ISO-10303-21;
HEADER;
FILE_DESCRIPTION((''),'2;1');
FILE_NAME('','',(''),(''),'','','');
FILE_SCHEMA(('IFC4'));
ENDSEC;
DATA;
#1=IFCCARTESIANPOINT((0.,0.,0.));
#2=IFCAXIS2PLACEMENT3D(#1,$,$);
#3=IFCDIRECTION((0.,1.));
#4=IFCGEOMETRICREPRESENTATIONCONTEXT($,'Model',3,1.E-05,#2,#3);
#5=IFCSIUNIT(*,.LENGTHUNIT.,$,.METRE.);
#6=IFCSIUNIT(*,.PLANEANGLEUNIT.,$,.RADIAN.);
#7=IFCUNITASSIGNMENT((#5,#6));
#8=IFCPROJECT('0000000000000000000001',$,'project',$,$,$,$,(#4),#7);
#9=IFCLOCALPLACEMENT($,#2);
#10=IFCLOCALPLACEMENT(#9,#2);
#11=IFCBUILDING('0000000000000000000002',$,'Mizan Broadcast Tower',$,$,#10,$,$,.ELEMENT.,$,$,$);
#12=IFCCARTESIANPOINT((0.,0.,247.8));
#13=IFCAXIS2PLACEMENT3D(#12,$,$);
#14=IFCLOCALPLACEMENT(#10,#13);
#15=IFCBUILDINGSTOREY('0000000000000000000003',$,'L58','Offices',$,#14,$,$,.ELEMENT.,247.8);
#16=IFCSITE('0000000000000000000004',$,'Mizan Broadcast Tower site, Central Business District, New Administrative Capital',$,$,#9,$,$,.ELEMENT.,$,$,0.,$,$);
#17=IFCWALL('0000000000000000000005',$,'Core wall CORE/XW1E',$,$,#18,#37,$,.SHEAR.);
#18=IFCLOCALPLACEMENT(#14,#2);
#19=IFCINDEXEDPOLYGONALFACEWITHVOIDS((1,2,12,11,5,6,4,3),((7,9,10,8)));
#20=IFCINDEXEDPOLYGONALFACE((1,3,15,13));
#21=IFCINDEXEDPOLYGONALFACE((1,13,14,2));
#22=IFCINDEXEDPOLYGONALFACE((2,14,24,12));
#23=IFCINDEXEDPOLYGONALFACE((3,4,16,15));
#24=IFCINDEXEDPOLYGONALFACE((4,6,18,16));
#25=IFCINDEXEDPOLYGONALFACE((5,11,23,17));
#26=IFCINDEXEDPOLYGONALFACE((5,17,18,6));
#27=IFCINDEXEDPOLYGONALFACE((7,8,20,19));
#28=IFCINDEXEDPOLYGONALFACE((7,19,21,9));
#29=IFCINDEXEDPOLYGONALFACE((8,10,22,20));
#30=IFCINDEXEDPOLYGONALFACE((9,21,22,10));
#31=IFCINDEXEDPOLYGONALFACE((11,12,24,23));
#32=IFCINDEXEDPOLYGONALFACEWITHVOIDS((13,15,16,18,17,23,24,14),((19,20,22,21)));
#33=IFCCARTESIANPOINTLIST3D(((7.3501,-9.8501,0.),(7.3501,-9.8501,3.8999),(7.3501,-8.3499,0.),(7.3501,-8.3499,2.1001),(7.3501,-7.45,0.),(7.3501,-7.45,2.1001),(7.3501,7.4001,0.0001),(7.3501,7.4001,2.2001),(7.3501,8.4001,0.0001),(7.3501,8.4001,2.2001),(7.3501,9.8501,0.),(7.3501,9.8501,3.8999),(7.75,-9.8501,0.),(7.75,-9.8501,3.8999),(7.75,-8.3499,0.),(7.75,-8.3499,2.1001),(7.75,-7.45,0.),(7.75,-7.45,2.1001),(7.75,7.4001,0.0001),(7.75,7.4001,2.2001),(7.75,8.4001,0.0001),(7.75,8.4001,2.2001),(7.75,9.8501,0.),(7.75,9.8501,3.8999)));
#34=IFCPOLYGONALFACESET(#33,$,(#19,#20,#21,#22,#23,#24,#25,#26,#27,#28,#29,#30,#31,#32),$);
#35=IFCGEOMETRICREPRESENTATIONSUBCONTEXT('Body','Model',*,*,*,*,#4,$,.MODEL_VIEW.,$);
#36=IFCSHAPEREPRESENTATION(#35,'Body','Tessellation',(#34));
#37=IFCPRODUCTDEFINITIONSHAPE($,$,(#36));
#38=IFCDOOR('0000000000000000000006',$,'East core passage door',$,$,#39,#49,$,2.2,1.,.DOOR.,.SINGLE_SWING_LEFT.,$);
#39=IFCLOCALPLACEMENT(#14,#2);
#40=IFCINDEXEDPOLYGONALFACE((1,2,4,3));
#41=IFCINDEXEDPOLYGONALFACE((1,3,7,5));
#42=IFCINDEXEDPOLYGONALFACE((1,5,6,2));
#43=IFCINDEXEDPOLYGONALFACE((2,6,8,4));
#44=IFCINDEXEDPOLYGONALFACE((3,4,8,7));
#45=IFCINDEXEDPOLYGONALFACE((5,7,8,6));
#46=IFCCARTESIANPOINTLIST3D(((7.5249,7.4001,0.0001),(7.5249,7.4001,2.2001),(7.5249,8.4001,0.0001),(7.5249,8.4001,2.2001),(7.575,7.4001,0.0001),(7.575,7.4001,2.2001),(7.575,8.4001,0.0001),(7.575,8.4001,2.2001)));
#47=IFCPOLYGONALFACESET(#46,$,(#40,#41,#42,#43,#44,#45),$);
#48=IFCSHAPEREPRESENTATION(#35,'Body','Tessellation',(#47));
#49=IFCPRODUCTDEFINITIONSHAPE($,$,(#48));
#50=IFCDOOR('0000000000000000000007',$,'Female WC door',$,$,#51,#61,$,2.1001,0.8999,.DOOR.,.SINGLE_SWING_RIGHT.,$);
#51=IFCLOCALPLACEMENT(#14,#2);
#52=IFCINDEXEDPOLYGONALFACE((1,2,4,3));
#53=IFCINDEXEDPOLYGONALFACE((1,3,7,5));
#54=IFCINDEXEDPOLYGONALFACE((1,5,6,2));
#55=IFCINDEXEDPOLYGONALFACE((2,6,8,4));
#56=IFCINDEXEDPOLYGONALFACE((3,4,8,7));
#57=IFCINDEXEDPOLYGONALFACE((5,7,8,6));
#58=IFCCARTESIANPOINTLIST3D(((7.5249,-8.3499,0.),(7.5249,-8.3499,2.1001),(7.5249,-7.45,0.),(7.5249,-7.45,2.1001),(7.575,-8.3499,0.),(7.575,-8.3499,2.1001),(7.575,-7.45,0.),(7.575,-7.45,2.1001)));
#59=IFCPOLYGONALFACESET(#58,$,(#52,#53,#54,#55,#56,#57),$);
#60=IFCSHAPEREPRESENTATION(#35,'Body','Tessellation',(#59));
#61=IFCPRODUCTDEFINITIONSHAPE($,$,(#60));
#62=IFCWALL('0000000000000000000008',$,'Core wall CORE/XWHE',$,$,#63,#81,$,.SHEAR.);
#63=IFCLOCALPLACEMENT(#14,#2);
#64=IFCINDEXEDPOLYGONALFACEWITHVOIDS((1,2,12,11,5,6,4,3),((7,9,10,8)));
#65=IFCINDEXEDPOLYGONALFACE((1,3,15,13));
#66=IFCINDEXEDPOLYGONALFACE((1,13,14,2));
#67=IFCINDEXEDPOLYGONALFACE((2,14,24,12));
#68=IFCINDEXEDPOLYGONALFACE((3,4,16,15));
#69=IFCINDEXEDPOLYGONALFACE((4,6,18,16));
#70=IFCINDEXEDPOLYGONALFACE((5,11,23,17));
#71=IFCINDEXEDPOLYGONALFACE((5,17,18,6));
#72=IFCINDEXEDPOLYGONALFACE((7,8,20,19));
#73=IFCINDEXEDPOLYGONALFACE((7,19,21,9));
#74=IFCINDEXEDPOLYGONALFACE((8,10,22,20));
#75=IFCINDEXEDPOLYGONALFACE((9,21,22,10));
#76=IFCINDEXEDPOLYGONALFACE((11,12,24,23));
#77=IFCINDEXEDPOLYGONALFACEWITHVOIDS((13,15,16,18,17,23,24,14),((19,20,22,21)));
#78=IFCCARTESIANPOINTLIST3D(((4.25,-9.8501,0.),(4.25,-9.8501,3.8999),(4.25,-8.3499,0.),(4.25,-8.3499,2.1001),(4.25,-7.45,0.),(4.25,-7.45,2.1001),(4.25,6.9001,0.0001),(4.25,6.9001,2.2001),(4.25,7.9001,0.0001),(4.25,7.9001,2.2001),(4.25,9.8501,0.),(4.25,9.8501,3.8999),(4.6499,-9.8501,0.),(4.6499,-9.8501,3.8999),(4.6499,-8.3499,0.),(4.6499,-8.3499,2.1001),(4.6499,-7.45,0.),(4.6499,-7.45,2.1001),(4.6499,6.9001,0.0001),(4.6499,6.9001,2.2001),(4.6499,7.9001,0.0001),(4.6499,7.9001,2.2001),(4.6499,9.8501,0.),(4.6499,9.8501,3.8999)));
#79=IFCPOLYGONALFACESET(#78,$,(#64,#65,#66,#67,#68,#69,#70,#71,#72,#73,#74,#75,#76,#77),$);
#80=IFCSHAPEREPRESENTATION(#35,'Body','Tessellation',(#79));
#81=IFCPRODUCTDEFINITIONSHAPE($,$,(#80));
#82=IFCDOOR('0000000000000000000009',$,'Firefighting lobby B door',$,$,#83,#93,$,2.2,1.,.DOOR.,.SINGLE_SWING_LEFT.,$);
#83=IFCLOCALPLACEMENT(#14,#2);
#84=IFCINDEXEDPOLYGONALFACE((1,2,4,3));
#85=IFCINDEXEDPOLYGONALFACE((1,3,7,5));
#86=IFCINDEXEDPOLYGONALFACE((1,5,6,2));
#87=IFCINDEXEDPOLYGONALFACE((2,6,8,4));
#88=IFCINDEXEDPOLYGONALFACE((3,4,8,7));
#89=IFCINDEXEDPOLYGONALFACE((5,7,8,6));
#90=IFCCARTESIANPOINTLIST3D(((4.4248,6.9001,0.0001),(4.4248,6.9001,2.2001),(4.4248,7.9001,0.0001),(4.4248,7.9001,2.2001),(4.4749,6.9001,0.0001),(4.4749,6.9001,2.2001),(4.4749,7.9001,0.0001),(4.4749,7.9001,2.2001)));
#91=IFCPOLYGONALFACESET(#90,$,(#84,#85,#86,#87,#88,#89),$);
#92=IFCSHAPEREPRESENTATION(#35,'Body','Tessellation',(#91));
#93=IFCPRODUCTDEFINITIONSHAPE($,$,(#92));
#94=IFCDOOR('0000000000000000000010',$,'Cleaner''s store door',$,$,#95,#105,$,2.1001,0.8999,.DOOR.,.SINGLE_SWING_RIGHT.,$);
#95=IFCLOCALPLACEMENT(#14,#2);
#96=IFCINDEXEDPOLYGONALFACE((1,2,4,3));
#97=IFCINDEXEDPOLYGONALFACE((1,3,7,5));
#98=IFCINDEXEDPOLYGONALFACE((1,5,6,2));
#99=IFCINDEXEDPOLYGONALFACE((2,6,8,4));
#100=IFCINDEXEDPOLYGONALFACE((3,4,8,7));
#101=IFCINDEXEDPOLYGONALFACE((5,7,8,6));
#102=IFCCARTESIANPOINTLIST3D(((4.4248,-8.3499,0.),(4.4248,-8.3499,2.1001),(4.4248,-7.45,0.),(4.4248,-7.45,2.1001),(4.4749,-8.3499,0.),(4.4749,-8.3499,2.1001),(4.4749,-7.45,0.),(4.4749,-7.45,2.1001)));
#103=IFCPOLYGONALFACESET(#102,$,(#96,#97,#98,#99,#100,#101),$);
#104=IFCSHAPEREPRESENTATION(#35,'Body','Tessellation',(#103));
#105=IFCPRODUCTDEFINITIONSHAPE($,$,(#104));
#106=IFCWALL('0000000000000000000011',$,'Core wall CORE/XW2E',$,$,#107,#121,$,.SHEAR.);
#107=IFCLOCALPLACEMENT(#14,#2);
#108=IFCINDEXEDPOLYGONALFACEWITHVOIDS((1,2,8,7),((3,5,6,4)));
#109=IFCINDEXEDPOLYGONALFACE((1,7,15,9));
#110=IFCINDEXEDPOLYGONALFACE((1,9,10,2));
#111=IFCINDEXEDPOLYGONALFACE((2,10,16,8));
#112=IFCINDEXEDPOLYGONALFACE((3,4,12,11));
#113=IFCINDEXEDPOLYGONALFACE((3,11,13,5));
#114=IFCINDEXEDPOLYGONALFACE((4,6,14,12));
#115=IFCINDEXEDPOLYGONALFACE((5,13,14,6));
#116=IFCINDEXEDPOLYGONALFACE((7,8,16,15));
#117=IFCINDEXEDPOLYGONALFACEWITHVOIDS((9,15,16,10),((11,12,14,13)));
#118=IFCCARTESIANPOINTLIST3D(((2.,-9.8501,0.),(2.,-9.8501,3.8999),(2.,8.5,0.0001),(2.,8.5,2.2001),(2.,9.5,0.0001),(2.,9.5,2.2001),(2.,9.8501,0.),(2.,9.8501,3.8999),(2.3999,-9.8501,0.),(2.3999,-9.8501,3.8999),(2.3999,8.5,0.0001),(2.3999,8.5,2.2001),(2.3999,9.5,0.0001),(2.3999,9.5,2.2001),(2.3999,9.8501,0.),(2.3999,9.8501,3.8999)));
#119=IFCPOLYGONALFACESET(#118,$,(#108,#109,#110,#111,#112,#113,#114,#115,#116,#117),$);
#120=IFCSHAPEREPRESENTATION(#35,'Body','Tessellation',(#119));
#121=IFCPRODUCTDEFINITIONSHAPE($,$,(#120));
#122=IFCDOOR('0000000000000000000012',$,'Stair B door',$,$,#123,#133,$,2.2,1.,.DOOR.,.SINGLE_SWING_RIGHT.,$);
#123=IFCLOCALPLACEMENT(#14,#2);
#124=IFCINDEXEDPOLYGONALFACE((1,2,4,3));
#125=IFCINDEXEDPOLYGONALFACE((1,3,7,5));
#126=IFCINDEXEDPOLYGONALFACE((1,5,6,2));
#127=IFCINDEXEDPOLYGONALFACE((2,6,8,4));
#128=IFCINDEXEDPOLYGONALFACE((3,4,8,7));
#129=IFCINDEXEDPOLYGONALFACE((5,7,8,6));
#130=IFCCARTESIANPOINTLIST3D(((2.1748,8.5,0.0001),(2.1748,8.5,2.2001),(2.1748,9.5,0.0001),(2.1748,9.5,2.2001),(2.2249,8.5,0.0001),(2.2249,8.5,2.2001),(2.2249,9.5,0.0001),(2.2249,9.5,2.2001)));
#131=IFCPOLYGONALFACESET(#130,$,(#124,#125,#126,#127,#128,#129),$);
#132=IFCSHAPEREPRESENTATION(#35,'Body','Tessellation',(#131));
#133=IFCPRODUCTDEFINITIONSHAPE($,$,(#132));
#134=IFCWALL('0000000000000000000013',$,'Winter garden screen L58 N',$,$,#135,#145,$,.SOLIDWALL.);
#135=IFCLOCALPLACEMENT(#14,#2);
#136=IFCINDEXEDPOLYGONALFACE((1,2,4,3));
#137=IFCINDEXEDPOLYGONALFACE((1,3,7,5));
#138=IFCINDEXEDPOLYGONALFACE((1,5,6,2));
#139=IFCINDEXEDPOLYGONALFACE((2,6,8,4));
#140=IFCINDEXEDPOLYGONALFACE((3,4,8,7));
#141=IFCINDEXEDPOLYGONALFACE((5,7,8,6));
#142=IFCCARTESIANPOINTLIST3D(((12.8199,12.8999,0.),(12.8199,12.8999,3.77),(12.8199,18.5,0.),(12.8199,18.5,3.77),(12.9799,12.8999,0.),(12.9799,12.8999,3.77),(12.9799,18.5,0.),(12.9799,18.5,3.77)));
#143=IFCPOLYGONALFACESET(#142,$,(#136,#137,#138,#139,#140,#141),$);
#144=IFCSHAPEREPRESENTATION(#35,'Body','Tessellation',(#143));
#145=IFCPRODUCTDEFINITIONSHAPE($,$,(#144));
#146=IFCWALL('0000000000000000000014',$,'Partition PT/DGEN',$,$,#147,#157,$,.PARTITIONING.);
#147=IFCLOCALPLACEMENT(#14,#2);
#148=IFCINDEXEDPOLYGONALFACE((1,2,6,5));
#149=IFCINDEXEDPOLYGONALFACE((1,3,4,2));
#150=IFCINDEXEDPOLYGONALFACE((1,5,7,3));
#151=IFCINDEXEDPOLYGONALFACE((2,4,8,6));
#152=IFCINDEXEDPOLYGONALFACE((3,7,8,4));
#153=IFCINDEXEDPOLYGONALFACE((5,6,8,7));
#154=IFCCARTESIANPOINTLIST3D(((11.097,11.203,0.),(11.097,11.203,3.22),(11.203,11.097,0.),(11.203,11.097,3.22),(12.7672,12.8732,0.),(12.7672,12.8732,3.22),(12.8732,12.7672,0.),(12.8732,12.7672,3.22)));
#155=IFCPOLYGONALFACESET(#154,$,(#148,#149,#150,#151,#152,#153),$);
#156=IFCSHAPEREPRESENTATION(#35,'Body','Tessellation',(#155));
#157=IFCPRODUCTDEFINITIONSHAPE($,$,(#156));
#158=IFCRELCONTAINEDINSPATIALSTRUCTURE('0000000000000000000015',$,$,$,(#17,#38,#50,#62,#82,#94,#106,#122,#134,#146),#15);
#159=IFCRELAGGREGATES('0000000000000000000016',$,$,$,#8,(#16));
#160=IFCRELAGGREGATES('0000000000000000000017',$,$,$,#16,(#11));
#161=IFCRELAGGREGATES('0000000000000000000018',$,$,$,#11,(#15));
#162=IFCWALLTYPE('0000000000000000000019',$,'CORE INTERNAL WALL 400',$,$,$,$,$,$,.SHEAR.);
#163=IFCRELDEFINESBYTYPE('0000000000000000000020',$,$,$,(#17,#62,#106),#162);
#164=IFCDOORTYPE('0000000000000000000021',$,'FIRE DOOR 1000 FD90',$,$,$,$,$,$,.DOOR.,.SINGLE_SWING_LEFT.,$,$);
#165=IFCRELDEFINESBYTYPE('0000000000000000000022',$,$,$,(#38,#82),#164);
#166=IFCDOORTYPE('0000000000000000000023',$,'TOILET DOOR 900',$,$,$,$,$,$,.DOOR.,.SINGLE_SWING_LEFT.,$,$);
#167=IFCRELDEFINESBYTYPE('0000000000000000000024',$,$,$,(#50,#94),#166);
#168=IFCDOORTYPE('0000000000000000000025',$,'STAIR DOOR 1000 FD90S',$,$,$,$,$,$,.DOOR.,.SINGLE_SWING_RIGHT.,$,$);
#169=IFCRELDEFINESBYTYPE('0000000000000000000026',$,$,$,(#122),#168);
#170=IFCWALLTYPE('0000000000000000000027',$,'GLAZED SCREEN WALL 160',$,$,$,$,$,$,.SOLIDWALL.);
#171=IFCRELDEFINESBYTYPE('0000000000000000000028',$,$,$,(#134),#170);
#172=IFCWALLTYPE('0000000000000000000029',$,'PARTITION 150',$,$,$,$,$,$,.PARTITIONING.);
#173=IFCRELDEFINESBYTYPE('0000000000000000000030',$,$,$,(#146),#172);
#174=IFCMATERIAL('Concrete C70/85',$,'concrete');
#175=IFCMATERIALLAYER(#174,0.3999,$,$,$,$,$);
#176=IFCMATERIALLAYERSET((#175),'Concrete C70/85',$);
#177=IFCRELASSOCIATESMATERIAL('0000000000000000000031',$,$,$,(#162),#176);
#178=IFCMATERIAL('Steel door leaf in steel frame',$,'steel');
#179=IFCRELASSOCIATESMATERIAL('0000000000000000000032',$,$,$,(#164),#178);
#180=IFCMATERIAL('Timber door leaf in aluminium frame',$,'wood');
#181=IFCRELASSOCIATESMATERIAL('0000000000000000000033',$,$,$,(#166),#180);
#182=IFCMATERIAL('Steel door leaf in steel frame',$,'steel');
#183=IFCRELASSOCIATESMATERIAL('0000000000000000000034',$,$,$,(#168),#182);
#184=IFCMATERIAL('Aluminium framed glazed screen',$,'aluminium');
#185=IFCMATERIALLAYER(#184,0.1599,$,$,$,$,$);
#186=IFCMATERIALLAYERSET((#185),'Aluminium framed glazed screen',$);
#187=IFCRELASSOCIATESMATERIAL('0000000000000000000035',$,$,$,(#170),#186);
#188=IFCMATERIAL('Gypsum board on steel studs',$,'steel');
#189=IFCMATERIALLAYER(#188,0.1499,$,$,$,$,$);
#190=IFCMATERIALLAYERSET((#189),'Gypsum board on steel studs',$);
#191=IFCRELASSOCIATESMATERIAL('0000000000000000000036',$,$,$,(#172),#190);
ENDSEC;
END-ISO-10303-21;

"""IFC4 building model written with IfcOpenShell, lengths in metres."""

from ifc_helpers import new_model, si_unit, direction, frame, frame_2d, origin, place, context, subcontext, project, spatial, rectangle, extrude, material, layer, layer_set, type_object, element, fill, save


model = new_model("IFC4")

# Units and contexts
model_context = context("Model", 3, precision=1e-05, world=origin(), true_north=direction((0.0, 1.0)))
body_context = subcontext(model_context, "Body", "Model", "MODEL_VIEW")
ifc_project = project(units=[si_unit("LENGTHUNIT", "METRE"), si_unit("PLANEANGLEUNIT", "RADIAN")], contexts=[model_context])

# Site, building, storey
site_placement = place(None, origin())
site = spatial("IfcSite", under=ifc_project, at=site_placement, Name="Mizan Broadcast Tower site, Central Business District, New Administrative Capital", CompositionType="ELEMENT", RefElevation=0.0)
building_placement = place(site_placement, origin())
building = spatial("IfcBuilding", under=site, at=building_placement, Name="Mizan Broadcast Tower", CompositionType="ELEMENT")
storey_placement = place(building_placement, frame((0.0, 0.0, 247.8)))
storey = spatial("IfcBuildingStorey", under=building, at=storey_placement, Name="L58", Description="Offices", CompositionType="ELEMENT", Elevation=247.8)

# Walls, openings, doors
ifc_material_1 = material(Name="Concrete C70/85", Category="concrete")
ifc_layer_1 = layer(ifc_material_1, 0.3999)
ifc_layer_set_1 = layer_set([ifc_layer_1], Name="Concrete C70/85")
wall_type_1 = type_object("IfcWallType", Name="CORE INTERNAL WALL 400", PredefinedType="SHEAR", material=ifc_layer_set_1)
wall_1_placement = place(storey_placement, frame((7.55, 9.8501, 0.0), z_axis=(0.0, 0.0, 1.0), x_axis=(0.0, -1.0, 0.0)))
wall_1 = element("IfcWall", 1, at=wall_1_placement, inside=storey, type_object=wall_type_1, Name="Core wall CORE/XW1E", PredefinedType="SHEAR", context=body_context, shape_type="SweptSolid", body=[
    extrude(rectangle(XDim=19.7002, YDim=0.3999, at=frame_2d((9.8501, 0.0))), origin(), (0.0, 0.0, 1.0), 3.8999),
])
opening_1_placement = place(wall_1_placement, frame((1.45, 0.0, 0.0)))
opening_1 = element("IfcOpeningElement", 2, at=opening_1_placement, cuts=wall_1, PredefinedType="OPENING", context=body_context, shape_type="SweptSolid", body=[
    extrude(rectangle(XDim=1.0, YDim=2.2, at=frame_2d((0.5, 1.1001))), frame((0.0, 0.21, 0.0), z_axis=(0.0, -1.0, 0.0), x_axis=(1.0, 0.0, 0.0)), (0.0, 0.0, 1.0), 0.4199),
])
opening_2_placement = place(wall_1_placement, frame((17.3, 0.0, 0.0)))
opening_2 = element("IfcOpeningElement", 3, at=opening_2_placement, cuts=wall_1, PredefinedType="OPENING", context=body_context, shape_type="SweptSolid", body=[
    extrude(rectangle(XDim=0.8999, YDim=2.1001, at=frame_2d((0.45, 1.05))), frame((0.0, 0.21, 0.0), z_axis=(0.0, -1.0, 0.0), x_axis=(1.0, 0.0, 0.0)), (0.0, 0.0, 1.0), 0.4199),
])
ifc_material_2 = material(Name="Steel door leaf in steel frame", Category="steel")
door_type_1 = type_object("IfcDoorType", Name="FIRE DOOR 1000 FD90", OperationType="SINGLE_SWING_LEFT", PredefinedType="DOOR", material=ifc_material_2)
door_1_placement = place(opening_1_placement, origin())
door_1 = element("IfcDoor", 4, at=door_1_placement, inside=storey, type_object=door_type_1, Name="East core passage door", OperationType="SINGLE_SWING_LEFT", OverallHeight=2.2, OverallWidth=1.0, PredefinedType="DOOR", context=body_context, shape_type="SweptSolid", body=[
    extrude(rectangle(XDim=1.0, YDim=2.2, at=frame_2d((0.5, 1.1001))), frame((0.0, 0.0249, 0.0), z_axis=(0.0, -1.0, 0.0), x_axis=(1.0, 0.0, 0.0)), (0.0, 0.0, 1.0), 0.05),
])
fill(opening_1, door_1)
ifc_material_3 = material(Name="Timber door leaf in aluminium frame", Category="wood")
door_type_2 = type_object("IfcDoorType", Name="TOILET DOOR 900", OperationType="SINGLE_SWING_LEFT", PredefinedType="DOOR", material=ifc_material_3)
door_2_placement = place(opening_2_placement, origin())
door_2 = element("IfcDoor", 5, at=door_2_placement, inside=storey, type_object=door_type_2, Name="Female WC door", OperationType="SINGLE_SWING_RIGHT", OverallHeight=2.1001, OverallWidth=0.8999, PredefinedType="DOOR", context=body_context, shape_type="SweptSolid", body=[
    extrude(rectangle(XDim=0.8999, YDim=2.1001, at=frame_2d((0.45, 1.05))), frame((0.0, 0.0249, 0.0), z_axis=(0.0, -1.0, 0.0), x_axis=(1.0, 0.0, 0.0)), (0.0, 0.0, 1.0), 0.05),
])
fill(opening_2, door_2)
wall_2_placement = place(storey_placement, frame((4.45, 9.8501, 0.0), z_axis=(0.0, 0.0, 1.0), x_axis=(0.0, -1.0, 0.0)))
wall_2 = element("IfcWall", 6, at=wall_2_placement, inside=storey, type_object=wall_type_1, Name="Core wall CORE/XWHE", PredefinedType="SHEAR", context=body_context, shape_type="SweptSolid", body=[
    extrude(rectangle(XDim=19.7002, YDim=0.3999, at=frame_2d((9.8501, 0.0))), origin(), (0.0, 0.0, 1.0), 3.8999),
])
opening_3_placement = place(wall_2_placement, frame((1.95, 0.0, 0.0)))
opening_3 = element("IfcOpeningElement", 7, at=opening_3_placement, cuts=wall_2, PredefinedType="OPENING", context=body_context, shape_type="SweptSolid", body=[
    extrude(rectangle(XDim=1.0, YDim=2.2, at=frame_2d((0.5, 1.1001))), frame((0.0, 0.21, 0.0), z_axis=(0.0, -1.0, 0.0), x_axis=(1.0, 0.0, 0.0)), (0.0, 0.0, 1.0), 0.4199),
])
opening_4_placement = place(wall_2_placement, frame((17.3, 0.0, 0.0)))
opening_4 = element("IfcOpeningElement", 8, at=opening_4_placement, cuts=wall_2, PredefinedType="OPENING", context=body_context, shape_type="SweptSolid", body=[
    extrude(rectangle(XDim=0.8999, YDim=2.1001, at=frame_2d((0.45, 1.05))), frame((0.0, 0.21, 0.0), z_axis=(0.0, -1.0, 0.0), x_axis=(1.0, 0.0, 0.0)), (0.0, 0.0, 1.0), 0.4199),
])
door_3_placement = place(opening_3_placement, origin())
door_3 = element("IfcDoor", 9, at=door_3_placement, inside=storey, type_object=door_type_1, Name="Firefighting lobby B door", OperationType="SINGLE_SWING_LEFT", OverallHeight=2.2, OverallWidth=1.0, PredefinedType="DOOR", context=body_context, shape_type="SweptSolid", body=[
    extrude(rectangle(XDim=1.0, YDim=2.2, at=frame_2d((0.5, 1.1001))), frame((0.0, 0.0249, 0.0), z_axis=(0.0, -1.0, 0.0), x_axis=(1.0, 0.0, 0.0)), (0.0, 0.0, 1.0), 0.05),
])
fill(opening_3, door_3)
door_4_placement = place(opening_4_placement, origin())
door_4 = element("IfcDoor", 10, at=door_4_placement, inside=storey, type_object=door_type_2, Name="Cleaner's store door", OperationType="SINGLE_SWING_RIGHT", OverallHeight=2.1001, OverallWidth=0.8999, PredefinedType="DOOR", context=body_context, shape_type="SweptSolid", body=[
    extrude(rectangle(XDim=0.8999, YDim=2.1001, at=frame_2d((0.45, 1.05))), frame((0.0, 0.0249, 0.0), z_axis=(0.0, -1.0, 0.0), x_axis=(1.0, 0.0, 0.0)), (0.0, 0.0, 1.0), 0.05),
])
fill(opening_4, door_4)

# Wall, opening, door
wall_3_placement = place(storey_placement, frame((2.2, 9.8501, 0.0), z_axis=(0.0, 0.0, 1.0), x_axis=(0.0, -1.0, 0.0)))
wall_3 = element("IfcWall", 11, at=wall_3_placement, inside=storey, type_object=wall_type_1, Name="Core wall CORE/XW2E", PredefinedType="SHEAR", context=body_context, shape_type="SweptSolid", body=[
    extrude(rectangle(XDim=19.7002, YDim=0.3999, at=frame_2d((9.8501, 0.0))), origin(), (0.0, 0.0, 1.0), 3.8999),
])
opening_5_placement = place(wall_3_placement, frame((0.3501, 0.0, 0.0)))
opening_5 = element("IfcOpeningElement", 12, at=opening_5_placement, cuts=wall_3, PredefinedType="OPENING", context=body_context, shape_type="SweptSolid", body=[
    extrude(rectangle(XDim=1.0, YDim=2.2, at=frame_2d((0.5, 1.1001))), frame((0.0, 0.21, 0.0), z_axis=(0.0, -1.0, 0.0), x_axis=(1.0, 0.0, 0.0)), (0.0, 0.0, 1.0), 0.4199),
])
ifc_material_4 = material(Name="Steel door leaf in steel frame", Category="steel")
door_type_3 = type_object("IfcDoorType", Name="STAIR DOOR 1000 FD90S", OperationType="SINGLE_SWING_RIGHT", PredefinedType="DOOR", material=ifc_material_4)
door_5_placement = place(opening_5_placement, origin())
door_5 = element("IfcDoor", 13, at=door_5_placement, inside=storey, type_object=door_type_3, Name="Stair B door", OperationType="SINGLE_SWING_RIGHT", OverallHeight=2.2, OverallWidth=1.0, PredefinedType="DOOR", context=body_context, shape_type="SweptSolid", body=[
    extrude(rectangle(XDim=1.0, YDim=2.2, at=frame_2d((0.5, 1.1001))), frame((0.0, 0.0249, 0.0), z_axis=(0.0, -1.0, 0.0), x_axis=(1.0, 0.0, 0.0)), (0.0, 0.0, 1.0), 0.05),
])
fill(opening_5, door_5)

# Walls
ifc_material_5 = material(Name="Aluminium framed glazed screen", Category="aluminium")
ifc_layer_2 = layer(ifc_material_5, 0.1599)
ifc_layer_set_2 = layer_set([ifc_layer_2], Name="Aluminium framed glazed screen")
wall_type_2 = type_object("IfcWallType", Name="GLAZED SCREEN WALL 160", PredefinedType="SOLIDWALL", material=ifc_layer_set_2)
wall_4_placement = place(storey_placement, frame((12.8999, 12.8999, 0.0), z_axis=(0.0, 0.0, 1.0), x_axis=(0.0, 1.0, 0.0)))
element("IfcWall", 14, at=wall_4_placement, inside=storey, type_object=wall_type_2, Name="Winter garden screen L58 N", PredefinedType="SOLIDWALL", context=body_context, shape_type="SweptSolid", body=[
    extrude(rectangle(XDim=5.6001, YDim=0.1599, at=frame_2d((2.8, 0.0))), origin(), (0.0, 0.0, 1.0), 3.77),
])
ifc_material_6 = material(Name="Gypsum board on steel studs", Category="steel")
ifc_layer_3 = layer(ifc_material_6, 0.1499)
ifc_layer_set_3 = layer_set([ifc_layer_3], Name="Gypsum board on steel studs")
wall_type_3 = type_object("IfcWallType", Name="PARTITION 150", PredefinedType="PARTITIONING", material=ifc_layer_set_3)
wall_5_placement = place(storey_placement, frame((11.1499, 11.1499, 0.0), z_axis=(0.0, 0.0, 1.0), x_axis=(0.707107, 0.707107, 0.0)))
element("IfcWall", 15, at=wall_5_placement, inside=storey, type_object=wall_type_3, Name="Partition PT/DGEN", PredefinedType="PARTITIONING", context=body_context, shape_type="SweptSolid", body=[
    extrude(rectangle(XDim=2.3621, YDim=0.1499, at=frame_2d((1.1812, 0.0))), origin(), (0.0, 0.0, 1.0), 3.22),
])

save(model, "model.ifc")
